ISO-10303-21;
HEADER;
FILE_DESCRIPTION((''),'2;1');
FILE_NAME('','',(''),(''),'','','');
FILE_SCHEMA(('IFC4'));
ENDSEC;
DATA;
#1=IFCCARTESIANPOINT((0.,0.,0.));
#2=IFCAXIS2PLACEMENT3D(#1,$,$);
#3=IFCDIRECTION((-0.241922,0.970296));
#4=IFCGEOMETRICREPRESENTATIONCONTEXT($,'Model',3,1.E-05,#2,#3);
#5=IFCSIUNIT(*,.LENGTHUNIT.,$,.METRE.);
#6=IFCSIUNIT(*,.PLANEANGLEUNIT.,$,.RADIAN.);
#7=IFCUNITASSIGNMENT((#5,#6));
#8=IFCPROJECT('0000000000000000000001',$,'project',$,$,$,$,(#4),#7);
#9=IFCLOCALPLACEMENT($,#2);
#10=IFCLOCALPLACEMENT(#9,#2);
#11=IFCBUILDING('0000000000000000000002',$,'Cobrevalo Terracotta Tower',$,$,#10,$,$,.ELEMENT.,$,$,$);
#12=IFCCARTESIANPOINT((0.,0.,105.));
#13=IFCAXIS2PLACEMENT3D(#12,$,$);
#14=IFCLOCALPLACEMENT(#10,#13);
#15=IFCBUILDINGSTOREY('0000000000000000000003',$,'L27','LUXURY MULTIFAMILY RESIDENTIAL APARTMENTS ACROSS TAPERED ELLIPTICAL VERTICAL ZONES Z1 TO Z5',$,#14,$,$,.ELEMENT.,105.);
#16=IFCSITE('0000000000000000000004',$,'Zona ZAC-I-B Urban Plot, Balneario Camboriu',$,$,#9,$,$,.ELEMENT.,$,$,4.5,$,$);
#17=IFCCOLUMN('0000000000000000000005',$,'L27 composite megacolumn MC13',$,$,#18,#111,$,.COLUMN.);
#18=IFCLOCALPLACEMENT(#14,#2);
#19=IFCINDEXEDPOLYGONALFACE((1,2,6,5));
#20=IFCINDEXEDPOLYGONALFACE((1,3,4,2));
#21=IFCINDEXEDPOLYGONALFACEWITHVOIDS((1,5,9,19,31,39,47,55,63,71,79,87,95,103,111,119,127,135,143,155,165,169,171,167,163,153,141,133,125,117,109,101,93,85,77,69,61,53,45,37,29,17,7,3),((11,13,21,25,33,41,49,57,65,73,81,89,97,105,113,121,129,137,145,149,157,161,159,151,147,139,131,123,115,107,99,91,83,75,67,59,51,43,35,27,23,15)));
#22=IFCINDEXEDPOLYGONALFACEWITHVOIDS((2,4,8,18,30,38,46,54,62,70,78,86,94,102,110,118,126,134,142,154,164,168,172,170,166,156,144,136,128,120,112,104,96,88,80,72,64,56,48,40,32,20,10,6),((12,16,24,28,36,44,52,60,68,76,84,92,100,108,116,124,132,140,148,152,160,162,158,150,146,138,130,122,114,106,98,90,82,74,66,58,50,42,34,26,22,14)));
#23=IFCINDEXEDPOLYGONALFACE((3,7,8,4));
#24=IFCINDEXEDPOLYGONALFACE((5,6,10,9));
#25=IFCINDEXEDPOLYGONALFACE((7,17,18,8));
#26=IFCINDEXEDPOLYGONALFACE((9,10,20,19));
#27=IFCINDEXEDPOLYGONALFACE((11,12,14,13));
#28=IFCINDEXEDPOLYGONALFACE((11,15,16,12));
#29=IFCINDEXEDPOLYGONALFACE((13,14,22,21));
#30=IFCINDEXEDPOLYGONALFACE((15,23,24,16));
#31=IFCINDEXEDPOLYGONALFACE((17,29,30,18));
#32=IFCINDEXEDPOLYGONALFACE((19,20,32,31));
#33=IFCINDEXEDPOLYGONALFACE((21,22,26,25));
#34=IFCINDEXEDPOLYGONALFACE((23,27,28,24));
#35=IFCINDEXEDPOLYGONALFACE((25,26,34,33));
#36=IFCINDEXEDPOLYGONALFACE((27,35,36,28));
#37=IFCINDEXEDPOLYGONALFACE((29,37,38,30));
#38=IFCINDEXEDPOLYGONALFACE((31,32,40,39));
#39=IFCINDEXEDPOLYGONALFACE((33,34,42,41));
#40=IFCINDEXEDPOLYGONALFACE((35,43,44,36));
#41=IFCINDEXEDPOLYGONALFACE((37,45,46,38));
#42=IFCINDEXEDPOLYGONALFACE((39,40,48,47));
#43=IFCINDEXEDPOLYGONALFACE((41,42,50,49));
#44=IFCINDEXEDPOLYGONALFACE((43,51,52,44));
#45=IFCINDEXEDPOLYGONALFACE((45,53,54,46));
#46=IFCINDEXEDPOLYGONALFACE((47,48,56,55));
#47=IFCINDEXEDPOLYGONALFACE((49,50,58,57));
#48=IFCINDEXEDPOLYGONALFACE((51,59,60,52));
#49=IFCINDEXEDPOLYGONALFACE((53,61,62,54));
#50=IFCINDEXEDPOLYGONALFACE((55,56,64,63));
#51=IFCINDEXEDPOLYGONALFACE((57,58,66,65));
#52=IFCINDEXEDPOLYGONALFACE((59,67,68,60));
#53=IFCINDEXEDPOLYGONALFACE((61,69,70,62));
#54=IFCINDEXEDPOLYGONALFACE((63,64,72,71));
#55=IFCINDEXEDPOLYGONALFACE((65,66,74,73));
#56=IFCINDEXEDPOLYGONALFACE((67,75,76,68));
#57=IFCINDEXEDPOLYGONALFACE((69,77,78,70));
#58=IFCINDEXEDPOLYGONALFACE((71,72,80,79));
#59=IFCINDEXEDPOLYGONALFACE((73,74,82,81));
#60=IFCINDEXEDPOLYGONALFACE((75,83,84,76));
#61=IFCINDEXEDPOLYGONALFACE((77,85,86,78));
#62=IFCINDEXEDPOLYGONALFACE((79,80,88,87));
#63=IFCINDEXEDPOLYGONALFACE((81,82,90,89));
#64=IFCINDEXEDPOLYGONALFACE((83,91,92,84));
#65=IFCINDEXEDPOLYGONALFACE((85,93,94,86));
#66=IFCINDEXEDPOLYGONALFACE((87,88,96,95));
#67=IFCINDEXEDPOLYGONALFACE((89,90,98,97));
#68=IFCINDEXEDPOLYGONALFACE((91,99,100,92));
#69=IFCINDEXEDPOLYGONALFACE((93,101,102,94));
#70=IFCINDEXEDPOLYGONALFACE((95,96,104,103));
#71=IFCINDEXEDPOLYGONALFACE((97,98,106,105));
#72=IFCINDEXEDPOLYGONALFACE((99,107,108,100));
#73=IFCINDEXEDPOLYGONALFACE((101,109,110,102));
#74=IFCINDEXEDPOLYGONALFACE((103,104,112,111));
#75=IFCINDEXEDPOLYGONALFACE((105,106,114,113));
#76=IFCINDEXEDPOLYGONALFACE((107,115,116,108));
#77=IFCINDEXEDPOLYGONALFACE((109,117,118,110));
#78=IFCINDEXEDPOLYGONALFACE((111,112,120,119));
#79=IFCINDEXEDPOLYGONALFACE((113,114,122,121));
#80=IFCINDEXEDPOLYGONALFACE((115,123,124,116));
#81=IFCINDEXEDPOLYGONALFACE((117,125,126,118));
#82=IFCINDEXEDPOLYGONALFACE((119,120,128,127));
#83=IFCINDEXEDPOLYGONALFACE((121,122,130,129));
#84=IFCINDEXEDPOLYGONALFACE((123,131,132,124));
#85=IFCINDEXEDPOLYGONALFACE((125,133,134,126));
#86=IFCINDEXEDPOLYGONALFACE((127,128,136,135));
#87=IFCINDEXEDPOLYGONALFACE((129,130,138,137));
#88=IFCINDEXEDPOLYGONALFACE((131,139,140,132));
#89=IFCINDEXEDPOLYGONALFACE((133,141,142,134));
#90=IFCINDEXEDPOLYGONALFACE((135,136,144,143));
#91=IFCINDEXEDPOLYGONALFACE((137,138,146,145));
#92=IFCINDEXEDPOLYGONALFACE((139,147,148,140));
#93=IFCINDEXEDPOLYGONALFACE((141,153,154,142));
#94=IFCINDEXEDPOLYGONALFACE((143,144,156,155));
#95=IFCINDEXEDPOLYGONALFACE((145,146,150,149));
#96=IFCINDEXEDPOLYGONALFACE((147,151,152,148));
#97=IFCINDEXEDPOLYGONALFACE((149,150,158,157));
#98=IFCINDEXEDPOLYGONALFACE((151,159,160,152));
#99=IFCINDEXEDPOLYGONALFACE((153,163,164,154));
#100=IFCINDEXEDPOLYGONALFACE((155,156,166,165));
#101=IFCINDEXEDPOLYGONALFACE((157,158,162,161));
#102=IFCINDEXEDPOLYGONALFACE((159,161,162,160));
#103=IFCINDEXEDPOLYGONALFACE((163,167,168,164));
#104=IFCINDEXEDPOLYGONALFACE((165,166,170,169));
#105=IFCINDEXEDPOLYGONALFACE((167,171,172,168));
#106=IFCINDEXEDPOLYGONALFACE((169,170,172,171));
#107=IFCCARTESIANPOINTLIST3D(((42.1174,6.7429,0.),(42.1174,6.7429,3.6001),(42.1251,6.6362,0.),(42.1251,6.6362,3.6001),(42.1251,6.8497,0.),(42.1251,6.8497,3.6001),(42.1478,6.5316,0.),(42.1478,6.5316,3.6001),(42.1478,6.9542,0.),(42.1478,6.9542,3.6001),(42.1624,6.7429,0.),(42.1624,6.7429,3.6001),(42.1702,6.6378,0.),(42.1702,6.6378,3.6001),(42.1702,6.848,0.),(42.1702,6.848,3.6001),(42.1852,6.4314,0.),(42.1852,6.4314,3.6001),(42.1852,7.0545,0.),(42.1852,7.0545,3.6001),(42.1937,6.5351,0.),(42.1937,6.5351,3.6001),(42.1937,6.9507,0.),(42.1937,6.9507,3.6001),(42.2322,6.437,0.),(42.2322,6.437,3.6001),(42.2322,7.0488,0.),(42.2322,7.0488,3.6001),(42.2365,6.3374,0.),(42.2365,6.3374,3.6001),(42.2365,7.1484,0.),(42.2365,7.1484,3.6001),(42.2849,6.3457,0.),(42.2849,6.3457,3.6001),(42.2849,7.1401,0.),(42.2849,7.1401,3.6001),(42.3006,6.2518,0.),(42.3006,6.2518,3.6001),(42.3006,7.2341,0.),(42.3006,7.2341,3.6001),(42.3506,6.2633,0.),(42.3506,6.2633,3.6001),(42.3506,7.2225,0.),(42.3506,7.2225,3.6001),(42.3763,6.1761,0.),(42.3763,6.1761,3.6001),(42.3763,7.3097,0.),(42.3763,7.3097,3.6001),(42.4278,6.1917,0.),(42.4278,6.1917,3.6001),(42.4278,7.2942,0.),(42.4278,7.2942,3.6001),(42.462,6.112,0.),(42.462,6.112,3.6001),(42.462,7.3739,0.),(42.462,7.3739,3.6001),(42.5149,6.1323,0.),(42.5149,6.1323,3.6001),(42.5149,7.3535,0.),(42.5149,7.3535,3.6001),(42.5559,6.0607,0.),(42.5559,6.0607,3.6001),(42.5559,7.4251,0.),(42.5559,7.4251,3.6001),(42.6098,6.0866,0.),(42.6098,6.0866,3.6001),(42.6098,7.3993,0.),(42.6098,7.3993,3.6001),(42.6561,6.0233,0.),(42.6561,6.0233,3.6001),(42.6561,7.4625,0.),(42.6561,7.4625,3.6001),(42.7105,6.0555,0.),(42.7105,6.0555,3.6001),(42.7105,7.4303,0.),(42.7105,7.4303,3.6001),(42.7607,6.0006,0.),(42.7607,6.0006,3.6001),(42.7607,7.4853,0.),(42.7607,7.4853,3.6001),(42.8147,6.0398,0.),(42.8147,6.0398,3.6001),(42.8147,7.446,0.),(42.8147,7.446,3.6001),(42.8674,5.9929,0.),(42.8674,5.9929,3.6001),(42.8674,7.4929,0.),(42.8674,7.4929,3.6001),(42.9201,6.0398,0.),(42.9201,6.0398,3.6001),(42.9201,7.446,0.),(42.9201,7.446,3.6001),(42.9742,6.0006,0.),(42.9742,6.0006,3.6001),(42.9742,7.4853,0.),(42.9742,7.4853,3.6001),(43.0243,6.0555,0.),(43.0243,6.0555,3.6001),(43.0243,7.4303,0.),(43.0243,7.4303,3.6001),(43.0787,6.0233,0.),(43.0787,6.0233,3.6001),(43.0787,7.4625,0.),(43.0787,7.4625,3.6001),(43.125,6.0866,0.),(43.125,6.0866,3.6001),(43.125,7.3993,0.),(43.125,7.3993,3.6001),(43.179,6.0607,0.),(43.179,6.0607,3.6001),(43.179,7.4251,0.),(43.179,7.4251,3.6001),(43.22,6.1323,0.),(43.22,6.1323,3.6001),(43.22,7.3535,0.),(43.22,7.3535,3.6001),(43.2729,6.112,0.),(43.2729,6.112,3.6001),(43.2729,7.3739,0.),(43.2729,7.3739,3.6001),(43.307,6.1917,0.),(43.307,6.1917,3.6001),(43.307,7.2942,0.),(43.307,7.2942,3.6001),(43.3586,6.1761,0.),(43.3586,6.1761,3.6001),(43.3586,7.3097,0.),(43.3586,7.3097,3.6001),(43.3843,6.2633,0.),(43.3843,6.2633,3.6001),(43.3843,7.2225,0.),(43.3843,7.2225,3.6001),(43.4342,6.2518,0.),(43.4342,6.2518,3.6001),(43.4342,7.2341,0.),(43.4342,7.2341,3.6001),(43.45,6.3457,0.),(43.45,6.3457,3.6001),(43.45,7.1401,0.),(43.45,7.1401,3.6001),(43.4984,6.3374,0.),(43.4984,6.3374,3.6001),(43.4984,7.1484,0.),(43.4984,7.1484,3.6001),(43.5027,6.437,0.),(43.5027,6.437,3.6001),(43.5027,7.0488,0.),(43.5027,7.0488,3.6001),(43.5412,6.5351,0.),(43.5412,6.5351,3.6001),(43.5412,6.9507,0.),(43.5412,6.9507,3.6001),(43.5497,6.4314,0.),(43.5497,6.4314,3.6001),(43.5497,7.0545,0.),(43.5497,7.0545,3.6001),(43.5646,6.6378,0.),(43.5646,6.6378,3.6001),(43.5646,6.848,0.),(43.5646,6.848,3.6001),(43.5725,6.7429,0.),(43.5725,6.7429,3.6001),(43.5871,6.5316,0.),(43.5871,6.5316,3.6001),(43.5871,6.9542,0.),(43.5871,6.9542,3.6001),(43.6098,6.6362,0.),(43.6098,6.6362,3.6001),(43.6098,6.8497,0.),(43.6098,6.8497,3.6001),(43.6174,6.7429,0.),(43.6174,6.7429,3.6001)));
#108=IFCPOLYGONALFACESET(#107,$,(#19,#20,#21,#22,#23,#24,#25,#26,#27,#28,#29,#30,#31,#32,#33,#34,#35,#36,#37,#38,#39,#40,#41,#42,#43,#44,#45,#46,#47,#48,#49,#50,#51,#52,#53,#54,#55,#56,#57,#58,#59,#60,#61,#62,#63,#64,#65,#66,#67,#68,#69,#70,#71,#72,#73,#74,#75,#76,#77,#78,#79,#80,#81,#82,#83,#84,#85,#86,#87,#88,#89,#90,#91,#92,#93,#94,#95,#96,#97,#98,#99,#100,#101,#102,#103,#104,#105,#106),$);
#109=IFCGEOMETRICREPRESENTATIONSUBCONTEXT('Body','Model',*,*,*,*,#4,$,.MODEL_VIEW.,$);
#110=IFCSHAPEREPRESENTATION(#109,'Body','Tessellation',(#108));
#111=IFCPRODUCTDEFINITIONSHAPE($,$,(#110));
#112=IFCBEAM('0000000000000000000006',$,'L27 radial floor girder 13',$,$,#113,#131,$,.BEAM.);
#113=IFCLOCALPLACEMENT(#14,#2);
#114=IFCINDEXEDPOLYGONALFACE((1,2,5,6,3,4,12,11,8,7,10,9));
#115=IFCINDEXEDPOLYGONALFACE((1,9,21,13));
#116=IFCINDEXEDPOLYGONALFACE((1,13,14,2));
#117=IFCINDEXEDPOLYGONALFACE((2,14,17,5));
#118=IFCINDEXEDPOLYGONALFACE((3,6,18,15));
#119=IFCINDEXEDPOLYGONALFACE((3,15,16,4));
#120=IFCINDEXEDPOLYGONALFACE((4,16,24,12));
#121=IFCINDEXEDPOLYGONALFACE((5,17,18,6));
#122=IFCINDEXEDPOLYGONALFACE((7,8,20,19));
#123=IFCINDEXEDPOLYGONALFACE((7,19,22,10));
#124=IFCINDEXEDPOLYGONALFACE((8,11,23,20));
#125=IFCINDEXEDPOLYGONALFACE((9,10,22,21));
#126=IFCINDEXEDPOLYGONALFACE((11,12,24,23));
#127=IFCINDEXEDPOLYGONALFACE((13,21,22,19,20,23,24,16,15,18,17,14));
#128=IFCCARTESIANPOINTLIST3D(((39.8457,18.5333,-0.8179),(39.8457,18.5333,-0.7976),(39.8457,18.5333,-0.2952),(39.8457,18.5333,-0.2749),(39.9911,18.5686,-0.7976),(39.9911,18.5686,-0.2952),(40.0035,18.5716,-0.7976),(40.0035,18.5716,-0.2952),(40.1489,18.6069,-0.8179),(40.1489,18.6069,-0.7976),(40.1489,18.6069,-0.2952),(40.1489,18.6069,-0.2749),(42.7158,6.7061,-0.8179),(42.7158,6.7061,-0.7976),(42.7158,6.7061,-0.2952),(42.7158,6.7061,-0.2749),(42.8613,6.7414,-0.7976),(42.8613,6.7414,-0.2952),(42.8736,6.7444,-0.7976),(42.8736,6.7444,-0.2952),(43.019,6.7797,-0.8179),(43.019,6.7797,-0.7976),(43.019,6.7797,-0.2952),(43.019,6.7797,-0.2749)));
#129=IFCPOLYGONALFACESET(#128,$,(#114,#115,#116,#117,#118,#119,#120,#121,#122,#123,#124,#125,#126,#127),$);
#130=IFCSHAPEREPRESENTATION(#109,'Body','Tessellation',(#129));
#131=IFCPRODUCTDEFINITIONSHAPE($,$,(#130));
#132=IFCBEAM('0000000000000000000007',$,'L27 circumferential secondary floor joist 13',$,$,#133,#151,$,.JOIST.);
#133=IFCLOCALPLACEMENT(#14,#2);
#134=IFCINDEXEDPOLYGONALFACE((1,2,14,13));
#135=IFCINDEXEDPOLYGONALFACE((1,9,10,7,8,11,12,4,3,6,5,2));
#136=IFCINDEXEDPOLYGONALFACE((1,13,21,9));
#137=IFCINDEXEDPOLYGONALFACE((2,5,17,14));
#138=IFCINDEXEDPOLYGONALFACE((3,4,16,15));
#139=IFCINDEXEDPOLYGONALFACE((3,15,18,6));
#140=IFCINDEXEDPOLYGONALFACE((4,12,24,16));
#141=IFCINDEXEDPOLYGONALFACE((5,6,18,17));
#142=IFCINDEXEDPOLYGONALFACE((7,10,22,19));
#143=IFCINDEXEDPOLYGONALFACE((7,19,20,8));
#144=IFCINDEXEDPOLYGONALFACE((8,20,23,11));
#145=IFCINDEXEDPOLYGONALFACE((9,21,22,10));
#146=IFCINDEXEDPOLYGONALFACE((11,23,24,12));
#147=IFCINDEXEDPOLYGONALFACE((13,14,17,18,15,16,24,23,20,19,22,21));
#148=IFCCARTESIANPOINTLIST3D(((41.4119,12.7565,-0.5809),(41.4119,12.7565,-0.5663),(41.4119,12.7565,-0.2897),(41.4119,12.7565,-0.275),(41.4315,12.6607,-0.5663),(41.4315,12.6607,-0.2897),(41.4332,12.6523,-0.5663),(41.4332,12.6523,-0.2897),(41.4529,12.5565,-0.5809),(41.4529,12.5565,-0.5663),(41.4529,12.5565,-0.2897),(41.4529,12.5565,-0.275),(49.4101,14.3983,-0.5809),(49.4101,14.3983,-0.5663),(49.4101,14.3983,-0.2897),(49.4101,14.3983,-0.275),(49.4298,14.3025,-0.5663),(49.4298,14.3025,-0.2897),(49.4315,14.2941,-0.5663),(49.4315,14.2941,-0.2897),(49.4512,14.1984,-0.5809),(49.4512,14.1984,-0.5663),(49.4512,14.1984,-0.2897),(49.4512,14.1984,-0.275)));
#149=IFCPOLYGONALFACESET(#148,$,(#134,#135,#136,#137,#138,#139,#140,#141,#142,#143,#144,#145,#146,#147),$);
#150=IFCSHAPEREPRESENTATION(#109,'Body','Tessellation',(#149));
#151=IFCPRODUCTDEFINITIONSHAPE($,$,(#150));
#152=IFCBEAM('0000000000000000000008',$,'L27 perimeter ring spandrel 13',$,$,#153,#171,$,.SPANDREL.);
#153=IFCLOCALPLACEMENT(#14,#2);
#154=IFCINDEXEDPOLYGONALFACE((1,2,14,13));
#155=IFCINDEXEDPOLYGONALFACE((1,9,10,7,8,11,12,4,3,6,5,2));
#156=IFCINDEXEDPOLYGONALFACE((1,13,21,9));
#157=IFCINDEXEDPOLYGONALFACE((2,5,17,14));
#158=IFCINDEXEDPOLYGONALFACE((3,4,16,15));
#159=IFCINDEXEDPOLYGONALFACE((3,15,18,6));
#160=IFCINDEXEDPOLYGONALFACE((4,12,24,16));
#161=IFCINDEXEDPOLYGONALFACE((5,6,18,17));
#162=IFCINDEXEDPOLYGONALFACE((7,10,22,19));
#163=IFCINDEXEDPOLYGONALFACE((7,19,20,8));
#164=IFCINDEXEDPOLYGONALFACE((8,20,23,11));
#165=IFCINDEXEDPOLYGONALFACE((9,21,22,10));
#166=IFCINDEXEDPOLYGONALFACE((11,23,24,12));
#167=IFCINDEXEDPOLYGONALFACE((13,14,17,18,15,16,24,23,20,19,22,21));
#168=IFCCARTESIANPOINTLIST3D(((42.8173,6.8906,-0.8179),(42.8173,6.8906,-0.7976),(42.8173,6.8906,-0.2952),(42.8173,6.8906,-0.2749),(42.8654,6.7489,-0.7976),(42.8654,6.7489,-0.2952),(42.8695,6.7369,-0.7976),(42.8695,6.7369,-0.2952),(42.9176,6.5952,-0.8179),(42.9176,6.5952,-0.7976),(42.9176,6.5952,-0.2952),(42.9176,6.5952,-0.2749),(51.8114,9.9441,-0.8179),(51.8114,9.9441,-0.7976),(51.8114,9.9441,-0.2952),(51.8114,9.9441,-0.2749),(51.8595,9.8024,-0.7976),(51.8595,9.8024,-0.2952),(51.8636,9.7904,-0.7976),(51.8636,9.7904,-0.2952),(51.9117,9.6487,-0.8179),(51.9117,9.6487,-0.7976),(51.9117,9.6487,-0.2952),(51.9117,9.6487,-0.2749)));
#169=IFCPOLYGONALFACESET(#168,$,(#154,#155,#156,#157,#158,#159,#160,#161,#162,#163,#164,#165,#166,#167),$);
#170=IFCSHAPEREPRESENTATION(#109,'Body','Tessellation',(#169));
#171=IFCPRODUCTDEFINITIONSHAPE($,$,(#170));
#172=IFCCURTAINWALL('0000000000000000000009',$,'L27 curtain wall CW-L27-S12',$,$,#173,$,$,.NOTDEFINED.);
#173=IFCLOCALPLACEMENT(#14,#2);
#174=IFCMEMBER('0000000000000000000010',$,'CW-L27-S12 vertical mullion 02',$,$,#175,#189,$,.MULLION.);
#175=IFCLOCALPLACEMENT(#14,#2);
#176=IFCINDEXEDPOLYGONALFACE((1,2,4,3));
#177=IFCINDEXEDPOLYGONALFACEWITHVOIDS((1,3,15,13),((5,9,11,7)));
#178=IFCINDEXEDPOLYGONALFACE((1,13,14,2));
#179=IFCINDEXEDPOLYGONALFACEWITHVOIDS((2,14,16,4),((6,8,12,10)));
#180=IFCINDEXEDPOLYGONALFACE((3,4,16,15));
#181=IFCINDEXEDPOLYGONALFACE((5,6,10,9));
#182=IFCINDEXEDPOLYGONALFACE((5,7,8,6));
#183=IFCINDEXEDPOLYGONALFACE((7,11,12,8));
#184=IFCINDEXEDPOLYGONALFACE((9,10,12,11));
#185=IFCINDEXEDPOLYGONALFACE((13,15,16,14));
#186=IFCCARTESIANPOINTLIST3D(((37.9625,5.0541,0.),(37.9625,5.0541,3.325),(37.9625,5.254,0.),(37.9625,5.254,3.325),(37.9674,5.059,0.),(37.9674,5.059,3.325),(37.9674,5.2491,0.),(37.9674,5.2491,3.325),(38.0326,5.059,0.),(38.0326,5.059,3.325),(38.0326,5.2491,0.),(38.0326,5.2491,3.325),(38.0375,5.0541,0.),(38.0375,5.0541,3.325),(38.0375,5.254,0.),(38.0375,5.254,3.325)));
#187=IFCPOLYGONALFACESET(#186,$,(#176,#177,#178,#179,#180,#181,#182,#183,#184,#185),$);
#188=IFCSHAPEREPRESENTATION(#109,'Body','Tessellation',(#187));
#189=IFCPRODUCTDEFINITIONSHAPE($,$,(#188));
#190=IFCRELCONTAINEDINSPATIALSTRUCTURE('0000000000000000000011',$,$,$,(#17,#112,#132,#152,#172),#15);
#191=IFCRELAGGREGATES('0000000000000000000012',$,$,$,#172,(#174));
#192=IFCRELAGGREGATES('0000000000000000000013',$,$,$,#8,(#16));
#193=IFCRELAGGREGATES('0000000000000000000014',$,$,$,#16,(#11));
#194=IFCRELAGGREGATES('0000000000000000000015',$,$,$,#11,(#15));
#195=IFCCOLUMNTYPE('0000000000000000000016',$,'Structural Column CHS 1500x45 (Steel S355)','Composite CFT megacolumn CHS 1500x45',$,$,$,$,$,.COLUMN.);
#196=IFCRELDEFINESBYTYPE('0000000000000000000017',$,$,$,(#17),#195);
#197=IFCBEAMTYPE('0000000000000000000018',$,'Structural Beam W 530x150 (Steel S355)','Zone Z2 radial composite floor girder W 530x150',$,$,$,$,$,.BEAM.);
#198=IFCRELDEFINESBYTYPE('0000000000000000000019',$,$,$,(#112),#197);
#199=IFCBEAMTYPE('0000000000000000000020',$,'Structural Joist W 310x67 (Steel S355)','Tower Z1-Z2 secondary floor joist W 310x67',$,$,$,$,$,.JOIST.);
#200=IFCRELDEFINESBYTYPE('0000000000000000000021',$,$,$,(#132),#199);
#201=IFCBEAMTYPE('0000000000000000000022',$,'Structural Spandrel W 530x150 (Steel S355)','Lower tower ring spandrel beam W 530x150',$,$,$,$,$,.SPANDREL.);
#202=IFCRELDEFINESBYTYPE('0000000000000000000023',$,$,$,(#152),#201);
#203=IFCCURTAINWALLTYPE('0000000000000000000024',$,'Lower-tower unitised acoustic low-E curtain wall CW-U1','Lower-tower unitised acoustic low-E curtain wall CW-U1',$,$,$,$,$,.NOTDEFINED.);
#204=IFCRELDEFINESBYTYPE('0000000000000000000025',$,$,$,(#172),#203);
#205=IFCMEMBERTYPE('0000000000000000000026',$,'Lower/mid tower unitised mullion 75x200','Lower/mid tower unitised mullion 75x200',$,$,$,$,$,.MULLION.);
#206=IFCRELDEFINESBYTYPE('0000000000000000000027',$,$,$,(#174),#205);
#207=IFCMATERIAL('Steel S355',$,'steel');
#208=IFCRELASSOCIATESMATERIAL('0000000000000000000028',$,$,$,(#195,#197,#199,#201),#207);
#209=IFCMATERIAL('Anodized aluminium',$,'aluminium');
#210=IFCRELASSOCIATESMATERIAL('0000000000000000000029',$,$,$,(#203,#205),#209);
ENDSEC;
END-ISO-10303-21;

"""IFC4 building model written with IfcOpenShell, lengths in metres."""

from ifc_helpers import new_model, si_unit, direction, frame, origin, origin_2d, place, context, subcontext, project, spatial, hollow_rectangle, hollow_circle, i_section, extrude, source, transform, mapped, material, material_profile, profile_set, type_object, element, aggregate, save


model = new_model("IFC4")

# Units and contexts
model_context = context("Model", 3, precision=1e-05, world=origin(), true_north=direction((-0.241922, 0.970296)))
body_context = subcontext(model_context, "Body", "Model", "MODEL_VIEW")
ifc_project = project(units=[si_unit("LENGTHUNIT", "METRE"), si_unit("PLANEANGLEUNIT", "RADIAN")], contexts=[model_context])

# Site, building, storey
site_placement = place(None, origin())
site = spatial("IfcSite", under=ifc_project, at=site_placement, Name="Zona ZAC-I-B Urban Plot, Balneario Camboriu", CompositionType="ELEMENT", RefElevation=4.5)
building_placement = place(site_placement, origin())
building = spatial("IfcBuilding", under=site, at=building_placement, Name="Cobrevalo Terracotta Tower", CompositionType="ELEMENT")
storey_placement = place(building_placement, frame((0.0, 0.0, 105.0)))
storey = spatial("IfcBuildingStorey", under=building, at=storey_placement, Name="L27", Description="LUXURY MULTIFAMILY RESIDENTIAL APARTMENTS ACROSS TAPERED ELLIPTICAL VERTICAL ZONES Z1 TO Z5", CompositionType="ELEMENT", Elevation=105.0)

# Column
ifc_material_1 = material(Name="Steel S355", Category="steel")
ifc_material_profile_1 = material_profile(ifc_material_1, hollow_circle(Radius=0.75, WallThickness=0.0449, at=origin_2d()), Name="CHS 1500x45")
ifc_profile_set_1 = profile_set([ifc_material_profile_1], Name="Steel S355")
column_type = type_object("IfcColumnType", Name="Structural Column CHS 1500x45 (Steel S355)", Description="Composite CFT megacolumn CHS 1500x45", PredefinedType="COLUMN", material=ifc_profile_set_1)
column_placement = place(storey_placement, frame((42.8674, 6.7429, 0.0), z_axis=(0.0, 0.0, 1.0), x_axis=(1.0, 0.0, 0.0)))
element("IfcColumn", 1, at=column_placement, inside=storey, type_object=column_type, Name="L27 composite megacolumn MC13", PredefinedType="COLUMN", context=body_context, shape_type="SweptSolid", body=[
    extrude(hollow_circle(Radius=0.75, WallThickness=0.0449, at=origin_2d()), origin(), (0.0, 0.0, 1.0), 3.6001),
])

# Beams
ifc_material_profile_2 = material_profile(ifc_material_1, i_section(OverallWidth=0.312, OverallDepth=0.543, WebThickness=0.0127, FlangeThickness=0.0203, at=origin_2d()), Name="W 530x150")
ifc_profile_set_2 = profile_set([ifc_material_profile_2], Name="Steel S355")
beam_type_1 = type_object("IfcBeamType", Name="Structural Beam W 530x150 (Steel S355)", Description="Zone Z2 radial composite floor girder W 530x150", PredefinedType="BEAM", material=ifc_profile_set_2)
beam_1_placement = place(storey_placement, frame((42.8674, 6.7429, -0.5464), z_axis=(-0.235827, 0.971795, 0.0), x_axis=(-0.971795, -0.235827, 0.0)))
element("IfcBeam", 2, at=beam_1_placement, inside=storey, type_object=beam_type_1, Name="L27 radial floor girder 13", PredefinedType="BEAM", context=body_context, shape_type="SweptSolid", body=[
    extrude(i_section(OverallWidth=0.312, OverallDepth=0.543, WebThickness=0.0127, FlangeThickness=0.0203, at=origin_2d()), origin(), (0.0, 0.0, 1.0), 12.1704),
])
ifc_material_profile_3 = material_profile(ifc_material_1, i_section(OverallWidth=0.2041, OverallDepth=0.3059, WebThickness=0.0085, FlangeThickness=0.0146, at=origin_2d()), Name="W 310x67")
ifc_profile_set_3 = profile_set([ifc_material_profile_3], Name="Steel S355")
beam_type_2 = type_object("IfcBeamType", Name="Structural Joist W 310x67 (Steel S355)", Description="Tower Z1-Z2 secondary floor joist W 310x67", PredefinedType="JOIST", material=ifc_profile_set_3)
beam_2_placement = place(storey_placement, frame((41.4324, 12.6565, -0.428), z_axis=(0.979574, 0.201082, 0.0), x_axis=(-0.201082, 0.979574, 0.0)))
element("IfcBeam", 3, at=beam_2_placement, inside=storey, type_object=beam_type_2, Name="L27 circumferential secondary floor joist 13", PredefinedType="JOIST", context=body_context, shape_type="SweptSolid", body=[
    extrude(i_section(OverallWidth=0.2041, OverallDepth=0.3059, WebThickness=0.0085, FlangeThickness=0.0146, at=origin_2d()), origin(), (0.0, 0.0, 1.0), 8.165),
])
ifc_material_profile_4 = material_profile(ifc_material_1, i_section(OverallWidth=0.312, OverallDepth=0.543, WebThickness=0.0127, FlangeThickness=0.0203, at=origin_2d()), Name="W 530x150")
ifc_profile_set_4 = profile_set([ifc_material_profile_4], Name="Steel S355")
beam_type_3 = type_object("IfcBeamType", Name="Structural Spandrel W 530x150 (Steel S355)", Description="Lower tower ring spandrel beam W 530x150", PredefinedType="SPANDREL", material=ifc_profile_set_4)
beam_3_placement = place(storey_placement, frame((42.8674, 6.7429, -0.5464), z_axis=(0.946918, 0.321474, 0.0), x_axis=(-0.321474, 0.946918, 0.0)))
element("IfcBeam", 4, at=beam_3_placement, inside=storey, type_object=beam_type_3, Name="L27 perimeter ring spandrel 13", PredefinedType="SPANDREL", context=body_context, shape_type="SweptSolid", body=[
    extrude(i_section(OverallWidth=0.312, OverallDepth=0.543, WebThickness=0.0127, FlangeThickness=0.0203, at=origin_2d()), origin(), (0.0, 0.0, 1.0), 9.4983),
])

# Curtain wall, member
ifc_material_2 = material(Name="Anodized aluminium", Category="aluminium")
curtain_wall_type = type_object("IfcCurtainWallType", Name="Lower-tower unitised acoustic low-E curtain wall CW-U1", Description="Lower-tower unitised acoustic low-E curtain wall CW-U1", PredefinedType="NOTDEFINED", material=ifc_material_2)
curtain_wall_1_placement = place(storey_placement, origin())
curtain_wall_1 = element("IfcCurtainWall", 5, at=curtain_wall_1_placement, inside=storey, type_object=curtain_wall_type, Name="L27 curtain wall CW-L27-S12", PredefinedType="NOTDEFINED")
ifc_material_profile_5 = material_profile(ifc_material_2, hollow_rectangle(XDim=0.075, YDim=0.2, WallThickness=0.0049, at=origin_2d()), Name="CWM 75x200")
ifc_profile_set_5 = profile_set([ifc_material_profile_5], Name="Anodized aluminium")
member_type_1 = type_object("IfcMemberType", Name="Lower/mid tower unitised mullion 75x200", Description="Lower/mid tower unitised mullion 75x200", PredefinedType="MULLION", material=ifc_profile_set_5)
shared_shape_1 = source(origin(), body_context, "Body", "SweptSolid", [
    extrude(hollow_rectangle(XDim=0.075, YDim=0.2, WallThickness=0.0049, at=origin_2d()), origin(), (0.0, 0.0, 1.0), 3.325),
])
member_1_placement = place(storey_placement, frame((38.0, 5.1541, 0.0), z_axis=(0.0, 0.0, 1.0), x_axis=(1.0, 0.0, 0.0)))
member_1 = element("IfcMember", 6, at=member_1_placement, type_object=member_type_1, Name="CW-L27-S12 vertical mullion 02", PredefinedType="MULLION", context=body_context, shape_type="MappedRepresentation", body=[
    mapped(shared_shape_1, transform((0.0, 0.0, 0.0), scale=1.0)),
])

aggregate(curtain_wall_1, [member_1])

save(model, "model.ifc")
